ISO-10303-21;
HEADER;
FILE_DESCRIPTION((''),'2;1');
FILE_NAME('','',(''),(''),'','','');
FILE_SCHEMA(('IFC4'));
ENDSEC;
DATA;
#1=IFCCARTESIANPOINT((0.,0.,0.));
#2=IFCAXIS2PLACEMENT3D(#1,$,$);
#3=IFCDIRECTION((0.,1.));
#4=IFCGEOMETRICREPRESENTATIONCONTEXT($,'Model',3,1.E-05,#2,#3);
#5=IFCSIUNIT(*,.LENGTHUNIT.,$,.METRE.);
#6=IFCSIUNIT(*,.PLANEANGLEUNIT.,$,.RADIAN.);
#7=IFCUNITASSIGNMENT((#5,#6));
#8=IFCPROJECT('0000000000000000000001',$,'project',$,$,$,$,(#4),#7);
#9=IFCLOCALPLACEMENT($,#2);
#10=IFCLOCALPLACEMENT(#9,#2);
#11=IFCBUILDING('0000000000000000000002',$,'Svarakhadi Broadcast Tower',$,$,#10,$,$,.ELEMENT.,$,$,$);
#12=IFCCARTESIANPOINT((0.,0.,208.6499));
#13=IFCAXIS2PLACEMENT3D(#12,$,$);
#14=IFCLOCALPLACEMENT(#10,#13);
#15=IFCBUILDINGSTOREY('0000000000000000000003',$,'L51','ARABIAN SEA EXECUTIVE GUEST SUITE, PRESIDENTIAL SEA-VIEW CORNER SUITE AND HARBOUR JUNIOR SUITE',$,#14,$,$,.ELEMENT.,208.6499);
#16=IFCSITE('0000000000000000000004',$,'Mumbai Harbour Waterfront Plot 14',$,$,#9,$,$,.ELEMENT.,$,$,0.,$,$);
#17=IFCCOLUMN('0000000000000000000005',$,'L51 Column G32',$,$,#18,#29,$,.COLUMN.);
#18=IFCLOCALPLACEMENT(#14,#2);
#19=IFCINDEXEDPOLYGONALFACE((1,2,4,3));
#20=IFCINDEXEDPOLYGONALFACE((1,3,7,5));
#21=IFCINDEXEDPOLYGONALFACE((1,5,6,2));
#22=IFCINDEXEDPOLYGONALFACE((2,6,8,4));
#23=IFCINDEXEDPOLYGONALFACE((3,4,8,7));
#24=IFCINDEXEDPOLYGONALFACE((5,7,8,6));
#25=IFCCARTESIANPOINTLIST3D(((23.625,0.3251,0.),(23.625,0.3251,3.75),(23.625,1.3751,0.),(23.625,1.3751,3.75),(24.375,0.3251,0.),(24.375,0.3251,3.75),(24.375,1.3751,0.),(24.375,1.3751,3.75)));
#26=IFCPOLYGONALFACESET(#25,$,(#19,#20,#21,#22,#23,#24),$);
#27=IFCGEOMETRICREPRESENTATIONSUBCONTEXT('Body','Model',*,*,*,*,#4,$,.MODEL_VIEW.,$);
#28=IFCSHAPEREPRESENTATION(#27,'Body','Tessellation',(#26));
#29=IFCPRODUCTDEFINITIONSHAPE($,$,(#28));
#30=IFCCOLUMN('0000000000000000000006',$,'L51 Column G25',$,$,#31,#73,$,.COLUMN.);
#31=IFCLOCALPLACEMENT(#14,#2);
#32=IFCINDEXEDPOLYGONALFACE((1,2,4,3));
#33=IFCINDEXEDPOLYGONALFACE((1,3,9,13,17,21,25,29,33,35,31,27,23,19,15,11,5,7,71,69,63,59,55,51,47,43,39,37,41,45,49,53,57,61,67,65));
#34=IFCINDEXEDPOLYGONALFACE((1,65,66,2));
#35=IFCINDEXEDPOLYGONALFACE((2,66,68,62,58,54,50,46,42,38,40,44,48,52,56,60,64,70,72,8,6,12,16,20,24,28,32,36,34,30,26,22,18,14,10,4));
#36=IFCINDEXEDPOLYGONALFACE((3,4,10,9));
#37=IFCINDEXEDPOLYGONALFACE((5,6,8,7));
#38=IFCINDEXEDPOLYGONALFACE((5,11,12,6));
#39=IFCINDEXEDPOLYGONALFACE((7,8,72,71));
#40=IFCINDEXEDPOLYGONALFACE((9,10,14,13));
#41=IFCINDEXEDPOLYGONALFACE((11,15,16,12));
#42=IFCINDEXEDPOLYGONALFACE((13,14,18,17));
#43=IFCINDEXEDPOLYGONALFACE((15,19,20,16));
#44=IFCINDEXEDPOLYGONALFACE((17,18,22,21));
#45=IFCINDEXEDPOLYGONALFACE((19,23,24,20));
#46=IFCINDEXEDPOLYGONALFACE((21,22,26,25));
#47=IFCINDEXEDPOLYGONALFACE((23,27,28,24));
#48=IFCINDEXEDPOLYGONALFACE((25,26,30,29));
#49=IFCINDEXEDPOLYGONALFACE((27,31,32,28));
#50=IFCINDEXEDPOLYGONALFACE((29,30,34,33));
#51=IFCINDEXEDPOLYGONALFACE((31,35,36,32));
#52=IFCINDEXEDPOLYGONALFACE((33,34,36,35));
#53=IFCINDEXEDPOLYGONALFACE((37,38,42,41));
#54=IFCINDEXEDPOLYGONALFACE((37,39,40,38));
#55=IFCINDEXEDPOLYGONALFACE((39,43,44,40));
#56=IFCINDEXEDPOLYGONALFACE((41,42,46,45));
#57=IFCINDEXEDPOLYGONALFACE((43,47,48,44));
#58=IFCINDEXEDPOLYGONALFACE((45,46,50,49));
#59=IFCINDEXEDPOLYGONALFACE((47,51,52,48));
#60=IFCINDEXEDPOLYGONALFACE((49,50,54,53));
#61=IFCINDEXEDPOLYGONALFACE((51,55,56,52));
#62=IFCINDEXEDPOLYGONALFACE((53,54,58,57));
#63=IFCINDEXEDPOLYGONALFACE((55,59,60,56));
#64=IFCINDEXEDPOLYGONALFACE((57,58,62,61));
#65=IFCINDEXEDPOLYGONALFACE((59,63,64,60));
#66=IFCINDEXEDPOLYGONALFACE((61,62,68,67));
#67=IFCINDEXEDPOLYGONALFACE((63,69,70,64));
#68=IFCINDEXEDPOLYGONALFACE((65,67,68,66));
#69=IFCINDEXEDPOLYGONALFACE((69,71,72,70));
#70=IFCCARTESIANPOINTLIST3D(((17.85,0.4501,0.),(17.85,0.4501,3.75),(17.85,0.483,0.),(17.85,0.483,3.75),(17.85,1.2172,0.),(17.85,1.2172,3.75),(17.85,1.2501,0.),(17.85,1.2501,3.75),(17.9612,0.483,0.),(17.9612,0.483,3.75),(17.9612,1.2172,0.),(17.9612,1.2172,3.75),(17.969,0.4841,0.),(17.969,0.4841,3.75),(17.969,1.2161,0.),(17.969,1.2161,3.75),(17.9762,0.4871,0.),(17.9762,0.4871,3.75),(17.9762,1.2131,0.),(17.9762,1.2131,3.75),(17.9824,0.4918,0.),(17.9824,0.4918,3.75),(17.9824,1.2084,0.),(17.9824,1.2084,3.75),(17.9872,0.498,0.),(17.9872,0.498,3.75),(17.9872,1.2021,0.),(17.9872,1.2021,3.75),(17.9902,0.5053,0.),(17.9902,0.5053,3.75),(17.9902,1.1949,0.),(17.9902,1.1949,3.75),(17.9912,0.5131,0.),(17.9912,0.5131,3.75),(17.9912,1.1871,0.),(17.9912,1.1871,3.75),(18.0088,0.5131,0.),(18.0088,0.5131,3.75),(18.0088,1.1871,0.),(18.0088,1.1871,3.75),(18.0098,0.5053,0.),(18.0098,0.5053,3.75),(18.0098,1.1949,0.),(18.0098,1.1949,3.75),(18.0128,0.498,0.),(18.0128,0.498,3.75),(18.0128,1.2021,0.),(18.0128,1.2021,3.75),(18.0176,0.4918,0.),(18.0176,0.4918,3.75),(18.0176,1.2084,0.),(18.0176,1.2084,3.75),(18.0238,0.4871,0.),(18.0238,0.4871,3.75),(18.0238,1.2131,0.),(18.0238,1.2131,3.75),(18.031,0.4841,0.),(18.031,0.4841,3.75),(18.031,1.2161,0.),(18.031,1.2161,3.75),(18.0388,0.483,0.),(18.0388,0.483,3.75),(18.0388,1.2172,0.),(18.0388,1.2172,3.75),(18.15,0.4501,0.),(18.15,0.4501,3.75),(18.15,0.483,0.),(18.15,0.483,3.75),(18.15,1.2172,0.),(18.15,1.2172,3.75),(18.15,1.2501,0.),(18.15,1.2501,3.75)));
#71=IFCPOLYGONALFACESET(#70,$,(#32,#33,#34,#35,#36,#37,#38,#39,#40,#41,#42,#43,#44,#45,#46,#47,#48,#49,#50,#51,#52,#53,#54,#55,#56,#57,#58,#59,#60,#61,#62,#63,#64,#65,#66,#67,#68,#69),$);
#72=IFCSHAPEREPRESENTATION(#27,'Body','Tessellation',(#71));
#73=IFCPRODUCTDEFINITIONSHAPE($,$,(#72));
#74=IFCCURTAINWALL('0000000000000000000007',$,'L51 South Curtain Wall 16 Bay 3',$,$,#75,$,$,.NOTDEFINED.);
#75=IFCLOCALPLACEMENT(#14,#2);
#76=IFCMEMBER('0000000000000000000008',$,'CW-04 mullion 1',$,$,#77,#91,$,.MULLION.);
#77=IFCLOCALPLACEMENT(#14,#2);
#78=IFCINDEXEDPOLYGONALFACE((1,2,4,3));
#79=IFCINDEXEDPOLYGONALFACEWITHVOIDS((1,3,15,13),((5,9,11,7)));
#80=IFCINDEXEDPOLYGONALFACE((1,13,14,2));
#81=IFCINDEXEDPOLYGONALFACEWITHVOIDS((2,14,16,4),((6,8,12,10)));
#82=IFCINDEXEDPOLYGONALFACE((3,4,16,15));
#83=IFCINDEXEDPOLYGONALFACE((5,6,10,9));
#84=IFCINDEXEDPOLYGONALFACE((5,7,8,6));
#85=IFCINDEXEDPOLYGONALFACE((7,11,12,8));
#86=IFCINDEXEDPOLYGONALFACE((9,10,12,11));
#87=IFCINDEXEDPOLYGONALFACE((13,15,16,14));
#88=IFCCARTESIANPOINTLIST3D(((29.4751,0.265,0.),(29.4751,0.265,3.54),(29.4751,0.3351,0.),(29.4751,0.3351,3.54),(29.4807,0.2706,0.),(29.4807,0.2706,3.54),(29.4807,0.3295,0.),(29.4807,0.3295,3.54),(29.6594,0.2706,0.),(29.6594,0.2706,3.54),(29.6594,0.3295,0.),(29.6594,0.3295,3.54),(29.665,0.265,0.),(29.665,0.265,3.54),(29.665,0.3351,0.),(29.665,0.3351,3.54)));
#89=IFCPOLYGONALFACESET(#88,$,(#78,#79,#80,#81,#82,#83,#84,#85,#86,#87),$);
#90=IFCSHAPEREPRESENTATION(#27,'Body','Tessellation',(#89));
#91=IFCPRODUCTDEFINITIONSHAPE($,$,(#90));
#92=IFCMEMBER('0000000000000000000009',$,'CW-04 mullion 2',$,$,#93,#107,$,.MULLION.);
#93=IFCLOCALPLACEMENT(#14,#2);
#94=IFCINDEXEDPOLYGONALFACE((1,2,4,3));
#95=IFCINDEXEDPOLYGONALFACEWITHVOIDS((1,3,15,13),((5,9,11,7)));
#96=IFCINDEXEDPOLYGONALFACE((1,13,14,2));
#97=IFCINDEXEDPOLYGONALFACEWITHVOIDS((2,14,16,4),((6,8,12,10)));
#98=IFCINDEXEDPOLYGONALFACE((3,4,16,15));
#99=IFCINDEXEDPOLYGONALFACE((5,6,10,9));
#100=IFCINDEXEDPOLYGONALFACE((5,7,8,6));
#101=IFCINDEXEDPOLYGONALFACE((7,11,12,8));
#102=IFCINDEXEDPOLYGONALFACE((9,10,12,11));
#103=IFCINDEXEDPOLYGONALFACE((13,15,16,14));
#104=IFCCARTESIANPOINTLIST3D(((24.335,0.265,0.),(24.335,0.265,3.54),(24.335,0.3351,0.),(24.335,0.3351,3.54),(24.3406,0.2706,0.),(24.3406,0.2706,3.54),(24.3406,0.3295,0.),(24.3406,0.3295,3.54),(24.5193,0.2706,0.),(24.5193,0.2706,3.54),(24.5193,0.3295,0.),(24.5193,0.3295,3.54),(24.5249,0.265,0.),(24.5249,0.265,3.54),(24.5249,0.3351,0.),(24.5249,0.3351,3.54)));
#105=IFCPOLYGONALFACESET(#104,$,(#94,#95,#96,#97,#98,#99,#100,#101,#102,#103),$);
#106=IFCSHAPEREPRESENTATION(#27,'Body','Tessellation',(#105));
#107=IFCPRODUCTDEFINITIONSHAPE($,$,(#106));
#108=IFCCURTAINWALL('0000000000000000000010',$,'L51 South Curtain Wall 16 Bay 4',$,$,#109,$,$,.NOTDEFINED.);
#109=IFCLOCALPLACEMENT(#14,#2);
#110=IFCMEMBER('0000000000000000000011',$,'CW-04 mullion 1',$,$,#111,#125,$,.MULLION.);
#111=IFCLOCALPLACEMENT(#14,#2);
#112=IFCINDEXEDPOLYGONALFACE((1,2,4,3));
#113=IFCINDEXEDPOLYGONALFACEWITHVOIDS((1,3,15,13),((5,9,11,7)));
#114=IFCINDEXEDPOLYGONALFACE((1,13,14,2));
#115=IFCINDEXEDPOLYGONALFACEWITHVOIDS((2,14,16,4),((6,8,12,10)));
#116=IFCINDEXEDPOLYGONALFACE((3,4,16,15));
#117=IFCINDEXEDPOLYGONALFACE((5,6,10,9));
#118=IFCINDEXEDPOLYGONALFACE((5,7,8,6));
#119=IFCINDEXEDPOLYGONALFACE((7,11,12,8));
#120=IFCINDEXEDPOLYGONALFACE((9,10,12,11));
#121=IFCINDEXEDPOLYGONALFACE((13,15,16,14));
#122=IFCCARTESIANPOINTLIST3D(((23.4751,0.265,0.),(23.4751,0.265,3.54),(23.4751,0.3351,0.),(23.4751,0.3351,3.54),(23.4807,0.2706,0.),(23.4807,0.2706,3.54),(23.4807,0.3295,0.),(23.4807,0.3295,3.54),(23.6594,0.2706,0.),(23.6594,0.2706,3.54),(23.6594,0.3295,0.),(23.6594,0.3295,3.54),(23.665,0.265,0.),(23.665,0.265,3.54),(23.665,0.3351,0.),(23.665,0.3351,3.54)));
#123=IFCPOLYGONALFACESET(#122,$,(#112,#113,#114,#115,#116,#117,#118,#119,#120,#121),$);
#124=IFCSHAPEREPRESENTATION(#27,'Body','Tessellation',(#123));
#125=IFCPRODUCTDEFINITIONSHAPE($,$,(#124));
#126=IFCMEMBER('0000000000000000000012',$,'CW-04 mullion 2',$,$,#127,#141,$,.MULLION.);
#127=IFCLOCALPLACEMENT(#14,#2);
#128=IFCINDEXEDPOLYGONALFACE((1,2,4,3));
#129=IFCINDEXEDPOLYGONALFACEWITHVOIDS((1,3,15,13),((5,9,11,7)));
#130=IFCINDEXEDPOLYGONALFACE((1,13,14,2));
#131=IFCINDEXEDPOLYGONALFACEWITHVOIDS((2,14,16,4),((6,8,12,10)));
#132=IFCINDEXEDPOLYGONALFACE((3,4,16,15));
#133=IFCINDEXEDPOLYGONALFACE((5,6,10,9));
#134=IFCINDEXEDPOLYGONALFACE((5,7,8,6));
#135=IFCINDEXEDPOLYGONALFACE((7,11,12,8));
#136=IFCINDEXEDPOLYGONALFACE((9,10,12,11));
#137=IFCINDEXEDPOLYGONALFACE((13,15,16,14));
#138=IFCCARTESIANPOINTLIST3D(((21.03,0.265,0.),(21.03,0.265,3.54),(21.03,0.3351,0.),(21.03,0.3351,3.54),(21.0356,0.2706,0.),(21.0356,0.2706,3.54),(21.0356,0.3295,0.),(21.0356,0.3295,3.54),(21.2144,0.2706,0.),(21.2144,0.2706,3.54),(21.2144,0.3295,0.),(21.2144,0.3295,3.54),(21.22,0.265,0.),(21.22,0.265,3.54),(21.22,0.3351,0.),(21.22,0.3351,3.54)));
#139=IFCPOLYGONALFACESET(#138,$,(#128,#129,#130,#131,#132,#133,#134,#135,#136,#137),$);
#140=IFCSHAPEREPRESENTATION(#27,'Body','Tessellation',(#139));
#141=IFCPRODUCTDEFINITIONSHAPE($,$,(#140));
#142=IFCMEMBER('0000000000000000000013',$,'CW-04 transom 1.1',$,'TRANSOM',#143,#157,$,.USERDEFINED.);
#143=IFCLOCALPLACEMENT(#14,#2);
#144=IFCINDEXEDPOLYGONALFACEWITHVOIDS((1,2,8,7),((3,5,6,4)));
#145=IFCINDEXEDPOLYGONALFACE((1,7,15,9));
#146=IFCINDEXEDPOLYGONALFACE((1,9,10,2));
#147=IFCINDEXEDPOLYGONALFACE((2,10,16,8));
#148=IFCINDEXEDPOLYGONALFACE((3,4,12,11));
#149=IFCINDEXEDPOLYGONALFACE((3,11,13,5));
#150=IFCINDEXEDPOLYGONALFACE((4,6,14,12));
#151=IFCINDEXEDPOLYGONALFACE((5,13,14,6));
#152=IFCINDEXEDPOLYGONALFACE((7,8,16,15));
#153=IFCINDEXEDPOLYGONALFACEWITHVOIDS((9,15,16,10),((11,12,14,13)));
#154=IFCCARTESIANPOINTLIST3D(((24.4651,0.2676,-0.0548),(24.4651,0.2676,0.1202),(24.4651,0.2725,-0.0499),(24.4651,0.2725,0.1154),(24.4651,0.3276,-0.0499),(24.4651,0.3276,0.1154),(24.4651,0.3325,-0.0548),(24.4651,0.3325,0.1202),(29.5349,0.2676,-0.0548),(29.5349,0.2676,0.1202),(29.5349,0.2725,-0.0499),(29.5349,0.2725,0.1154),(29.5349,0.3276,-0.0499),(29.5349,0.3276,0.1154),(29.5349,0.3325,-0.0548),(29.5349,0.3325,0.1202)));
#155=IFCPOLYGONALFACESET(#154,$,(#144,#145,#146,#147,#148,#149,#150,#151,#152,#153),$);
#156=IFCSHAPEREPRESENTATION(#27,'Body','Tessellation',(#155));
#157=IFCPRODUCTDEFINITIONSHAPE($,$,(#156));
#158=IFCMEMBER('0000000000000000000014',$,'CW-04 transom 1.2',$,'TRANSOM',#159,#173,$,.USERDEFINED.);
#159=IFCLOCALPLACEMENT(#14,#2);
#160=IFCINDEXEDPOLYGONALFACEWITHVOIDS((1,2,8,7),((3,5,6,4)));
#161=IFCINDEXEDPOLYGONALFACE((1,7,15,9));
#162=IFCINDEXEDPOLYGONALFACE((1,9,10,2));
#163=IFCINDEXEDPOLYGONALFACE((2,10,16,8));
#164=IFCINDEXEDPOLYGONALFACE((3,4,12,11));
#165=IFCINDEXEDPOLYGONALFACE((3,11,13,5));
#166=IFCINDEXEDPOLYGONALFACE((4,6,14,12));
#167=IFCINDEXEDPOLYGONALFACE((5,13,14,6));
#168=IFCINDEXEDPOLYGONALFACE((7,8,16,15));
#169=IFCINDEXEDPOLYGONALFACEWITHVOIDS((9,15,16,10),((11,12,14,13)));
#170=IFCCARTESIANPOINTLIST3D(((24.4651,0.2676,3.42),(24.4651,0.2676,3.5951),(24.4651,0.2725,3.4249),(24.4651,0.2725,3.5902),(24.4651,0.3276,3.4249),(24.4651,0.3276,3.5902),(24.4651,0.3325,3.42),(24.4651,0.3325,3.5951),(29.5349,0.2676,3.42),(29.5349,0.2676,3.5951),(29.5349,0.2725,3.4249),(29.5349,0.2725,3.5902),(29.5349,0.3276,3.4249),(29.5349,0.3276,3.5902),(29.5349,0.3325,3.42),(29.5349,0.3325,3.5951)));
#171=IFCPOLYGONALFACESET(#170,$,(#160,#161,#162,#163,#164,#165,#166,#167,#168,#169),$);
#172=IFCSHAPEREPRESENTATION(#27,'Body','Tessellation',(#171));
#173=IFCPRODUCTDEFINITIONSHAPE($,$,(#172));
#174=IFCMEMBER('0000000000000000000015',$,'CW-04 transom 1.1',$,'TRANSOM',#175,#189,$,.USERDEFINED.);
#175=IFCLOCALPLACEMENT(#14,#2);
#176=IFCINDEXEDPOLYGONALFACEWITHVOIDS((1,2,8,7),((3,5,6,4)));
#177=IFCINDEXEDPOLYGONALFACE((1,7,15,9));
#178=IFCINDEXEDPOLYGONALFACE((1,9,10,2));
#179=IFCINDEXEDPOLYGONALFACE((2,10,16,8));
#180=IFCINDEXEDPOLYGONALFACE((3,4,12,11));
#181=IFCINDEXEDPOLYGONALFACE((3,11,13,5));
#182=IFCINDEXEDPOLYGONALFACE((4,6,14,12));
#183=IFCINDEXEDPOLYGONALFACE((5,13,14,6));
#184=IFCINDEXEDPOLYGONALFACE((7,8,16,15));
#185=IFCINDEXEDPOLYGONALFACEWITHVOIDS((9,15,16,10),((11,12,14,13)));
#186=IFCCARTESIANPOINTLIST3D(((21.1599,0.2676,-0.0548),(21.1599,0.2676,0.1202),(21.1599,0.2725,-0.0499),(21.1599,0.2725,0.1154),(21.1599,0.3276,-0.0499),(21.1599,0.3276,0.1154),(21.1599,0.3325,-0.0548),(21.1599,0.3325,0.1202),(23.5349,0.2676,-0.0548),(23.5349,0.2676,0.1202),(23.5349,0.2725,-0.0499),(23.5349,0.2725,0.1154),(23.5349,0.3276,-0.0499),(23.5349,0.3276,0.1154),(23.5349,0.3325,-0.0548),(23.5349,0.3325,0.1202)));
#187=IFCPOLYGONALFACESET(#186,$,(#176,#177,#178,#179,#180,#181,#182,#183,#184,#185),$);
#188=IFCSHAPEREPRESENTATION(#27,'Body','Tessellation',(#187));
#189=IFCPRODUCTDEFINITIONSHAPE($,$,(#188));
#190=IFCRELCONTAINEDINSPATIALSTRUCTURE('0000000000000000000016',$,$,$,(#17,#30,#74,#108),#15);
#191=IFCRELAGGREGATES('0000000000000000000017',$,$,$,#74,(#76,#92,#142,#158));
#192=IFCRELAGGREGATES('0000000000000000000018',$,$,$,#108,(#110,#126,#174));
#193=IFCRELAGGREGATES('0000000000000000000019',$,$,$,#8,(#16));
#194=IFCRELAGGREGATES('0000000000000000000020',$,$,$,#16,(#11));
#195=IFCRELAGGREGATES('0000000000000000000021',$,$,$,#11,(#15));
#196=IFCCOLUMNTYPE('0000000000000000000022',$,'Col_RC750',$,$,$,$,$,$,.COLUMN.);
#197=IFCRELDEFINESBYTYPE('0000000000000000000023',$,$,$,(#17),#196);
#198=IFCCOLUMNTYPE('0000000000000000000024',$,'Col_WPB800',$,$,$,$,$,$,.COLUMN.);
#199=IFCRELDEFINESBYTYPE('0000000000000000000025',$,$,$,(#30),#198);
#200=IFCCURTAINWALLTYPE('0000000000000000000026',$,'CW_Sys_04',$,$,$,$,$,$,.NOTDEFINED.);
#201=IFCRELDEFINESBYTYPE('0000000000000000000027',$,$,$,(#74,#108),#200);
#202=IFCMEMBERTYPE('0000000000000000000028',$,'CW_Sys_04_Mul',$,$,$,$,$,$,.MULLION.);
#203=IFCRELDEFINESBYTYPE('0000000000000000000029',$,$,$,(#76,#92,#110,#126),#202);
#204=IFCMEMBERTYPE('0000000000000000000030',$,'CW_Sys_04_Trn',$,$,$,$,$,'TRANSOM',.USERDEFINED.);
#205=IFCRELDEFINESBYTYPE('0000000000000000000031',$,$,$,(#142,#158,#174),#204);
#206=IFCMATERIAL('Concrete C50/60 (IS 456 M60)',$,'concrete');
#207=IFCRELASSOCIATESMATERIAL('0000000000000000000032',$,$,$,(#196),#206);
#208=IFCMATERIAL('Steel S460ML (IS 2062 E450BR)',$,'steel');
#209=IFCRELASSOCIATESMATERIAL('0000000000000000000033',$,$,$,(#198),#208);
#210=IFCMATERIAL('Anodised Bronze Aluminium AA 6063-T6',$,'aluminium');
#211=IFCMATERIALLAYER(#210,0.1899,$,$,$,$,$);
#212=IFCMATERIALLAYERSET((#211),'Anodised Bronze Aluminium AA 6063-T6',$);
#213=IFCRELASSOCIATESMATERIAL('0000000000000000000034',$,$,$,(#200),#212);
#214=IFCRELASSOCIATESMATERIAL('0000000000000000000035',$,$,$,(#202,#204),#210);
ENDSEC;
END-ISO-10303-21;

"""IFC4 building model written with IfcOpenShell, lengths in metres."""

from ifc_helpers import new_model, si_unit, direction, frame, origin, origin_2d, place, context, subcontext, project, spatial, rectangle, hollow_rectangle, i_section, extrude, material, layer, layer_set, material_profile, profile_set, type_object, element, aggregate, save


model = new_model("IFC4")

# Units and contexts
model_context = context("Model", 3, precision=1e-05, world=origin(), true_north=direction((0.0, 1.0)))
body_context = subcontext(model_context, "Body", "Model", "MODEL_VIEW")
ifc_project = project(units=[si_unit("LENGTHUNIT", "METRE"), si_unit("PLANEANGLEUNIT", "RADIAN")], contexts=[model_context])

# Site, building, storey
site_placement = place(None, origin())
site = spatial("IfcSite", under=ifc_project, at=site_placement, Name="Mumbai Harbour Waterfront Plot 14", CompositionType="ELEMENT", RefElevation=0.0)
building_placement = place(site_placement, origin())
building = spatial("IfcBuilding", under=site, at=building_placement, Name="Svarakhadi Broadcast Tower", CompositionType="ELEMENT")
storey_placement = place(building_placement, frame((0.0, 0.0, 208.6499)))
storey = spatial("IfcBuildingStorey", under=building, at=storey_placement, Name="L51", Description="ARABIAN SEA EXECUTIVE GUEST SUITE, PRESIDENTIAL SEA-VIEW CORNER SUITE AND HARBOUR JUNIOR SUITE", CompositionType="ELEMENT", Elevation=208.6499)

# Columns
ifc_material_1 = material(Name="Concrete C50/60 (IS 456 M60)", Category="concrete")
ifc_material_profile_1 = material_profile(ifc_material_1, rectangle(XDim=0.75, YDim=1.05, at=origin_2d()), Name="RC 750x1050")
ifc_profile_set_1 = profile_set([ifc_material_profile_1], Name="Concrete C50/60 (IS 456 M60)")
column_type_1 = type_object("IfcColumnType", Name="Col_RC750", PredefinedType="COLUMN", material=ifc_profile_set_1)
column_1_placement = place(storey_placement, frame((24.0, 0.8501, 0.0), z_axis=(0.0, 0.0, 1.0), x_axis=(1.0, 0.0, 0.0)))
element("IfcColumn", 1, at=column_1_placement, inside=storey, type_object=column_type_1, Name="L51 Column G32", PredefinedType="COLUMN", context=body_context, shape_type="SweptSolid", body=[
    extrude(rectangle(XDim=0.75, YDim=1.05, at=origin_2d()), origin(), (0.0, 0.0, 1.0), 3.75),
])
ifc_material_2 = material(Name="Steel S460ML (IS 2062 E450BR)", Category="steel")
ifc_material_profile_2 = material_profile(ifc_material_2, i_section(OverallWidth=0.3, OverallDepth=0.8, WebThickness=0.0176, FlangeThickness=0.033, FilletRadius=0.03, at=origin_2d()), Name="WPB 800x300x262")
ifc_profile_set_2 = profile_set([ifc_material_profile_2], Name="Steel S460ML (IS 2062 E450BR)")
column_type_2 = type_object("IfcColumnType", Name="Col_WPB800", PredefinedType="COLUMN", material=ifc_profile_set_2)
column_2_placement = place(storey_placement, frame((18.0, 0.8501, 0.0), z_axis=(0.0, 0.0, 1.0), x_axis=(1.0, 0.0, 0.0)))
element("IfcColumn", 2, at=column_2_placement, inside=storey, type_object=column_type_2, Name="L51 Column G25", PredefinedType="COLUMN", context=body_context, shape_type="SweptSolid", body=[
    extrude(i_section(OverallWidth=0.3, OverallDepth=0.8, WebThickness=0.0176, FlangeThickness=0.033, FilletRadius=0.03, at=origin_2d()), origin(), (0.0, 0.0, 1.0), 3.75),
])

# Curtain walls, members
ifc_material_3 = material(Name="Anodised Bronze Aluminium AA 6063-T6", Category="aluminium")
ifc_layer_1 = layer(ifc_material_3, 0.1899)
ifc_layer_set_1 = layer_set([ifc_layer_1], Name="Anodised Bronze Aluminium AA 6063-T6")
curtain_wall_type = type_object("IfcCurtainWallType", Name="CW_Sys_04", PredefinedType="NOTDEFINED", material=ifc_layer_set_1)
curtain_wall_1_placement = place(storey_placement, origin())
curtain_wall_1 = element("IfcCurtainWall", 3, at=curtain_wall_1_placement, inside=storey, type_object=curtain_wall_type, Name="L51 South Curtain Wall 16 Bay 3", PredefinedType="NOTDEFINED")
ifc_material_profile_3 = material_profile(ifc_material_3, hollow_rectangle(XDim=0.0701, YDim=0.1899, WallThickness=0.0056, at=origin_2d()), Name="ALU MULLION 190x70x6")
ifc_profile_set_3 = profile_set([ifc_material_profile_3], Name="Anodised Bronze Aluminium AA 6063-T6")
member_type_1 = type_object("IfcMemberType", Name="CW_Sys_04_Mul", PredefinedType="MULLION", material=ifc_profile_set_3)
member_1_placement = place(storey_placement, frame((29.5701, 0.3, 0.0), z_axis=(0.0, 0.0, 1.0), x_axis=(0.0, -1.0, 0.0)))
member_1 = element("IfcMember", 4, at=member_1_placement, type_object=member_type_1, Name="CW-04 mullion 1", PredefinedType="MULLION", context=body_context, shape_type="SweptSolid", body=[
    extrude(hollow_rectangle(XDim=0.0701, YDim=0.1899, WallThickness=0.0056, at=origin_2d()), origin(), (0.0, 0.0, 1.0), 3.54),
])
member_2_placement = place(storey_placement, frame((24.4299, 0.3, 0.0), z_axis=(0.0, 0.0, 1.0), x_axis=(0.0, -1.0, 0.0)))
member_2 = element("IfcMember", 5, at=member_2_placement, type_object=member_type_1, Name="CW-04 mullion 2", PredefinedType="MULLION", context=body_context, shape_type="SweptSolid", body=[
    extrude(hollow_rectangle(XDim=0.0701, YDim=0.1899, WallThickness=0.0056, at=origin_2d()), origin(), (0.0, 0.0, 1.0), 3.54),
])
curtain_wall_2_placement = place(storey_placement, origin())
curtain_wall_2 = element("IfcCurtainWall", 6, at=curtain_wall_2_placement, inside=storey, type_object=curtain_wall_type, Name="L51 South Curtain Wall 16 Bay 4", PredefinedType="NOTDEFINED")
member_3_placement = place(storey_placement, frame((23.5701, 0.3, 0.0), z_axis=(0.0, 0.0, 1.0), x_axis=(0.0, -1.0, 0.0)))
member_3 = element("IfcMember", 7, at=member_3_placement, type_object=member_type_1, Name="CW-04 mullion 1", PredefinedType="MULLION", context=body_context, shape_type="SweptSolid", body=[
    extrude(hollow_rectangle(XDim=0.0701, YDim=0.1899, WallThickness=0.0056, at=origin_2d()), origin(), (0.0, 0.0, 1.0), 3.54),
])
member_4_placement = place(storey_placement, frame((21.125, 0.3, 0.0), z_axis=(0.0, 0.0, 1.0), x_axis=(0.0, -1.0, 0.0)))
member_4 = element("IfcMember", 8, at=member_4_placement, type_object=member_type_1, Name="CW-04 mullion 2", PredefinedType="MULLION", context=body_context, shape_type="SweptSolid", body=[
    extrude(hollow_rectangle(XDim=0.0701, YDim=0.1899, WallThickness=0.0056, at=origin_2d()), origin(), (0.0, 0.0, 1.0), 3.54),
])

# Members
ifc_material_profile_4 = material_profile(ifc_material_3, hollow_rectangle(XDim=0.0649, YDim=0.175, WallThickness=0.0049, at=origin_2d()), Name="ALU TRANSOM 175x65x5")
ifc_profile_set_4 = profile_set([ifc_material_profile_4], Name="Anodised Bronze Aluminium AA 6063-T6")
member_type_2 = type_object("IfcMemberType", Name="CW_Sys_04_Trn", ElementType="TRANSOM", PredefinedType="USERDEFINED", material=ifc_profile_set_4)
member_5_placement = place(storey_placement, frame((29.5349, 0.3, 0.0327), z_axis=(-1.0, 0.0, 0.0), x_axis=(0.0, -1.0, 0.0)))
member_5 = element("IfcMember", 9, at=member_5_placement, type_object=member_type_2, Name="CW-04 transom 1.1", ObjectType="TRANSOM", PredefinedType="USERDEFINED", context=body_context, shape_type="SweptSolid", body=[
    extrude(hollow_rectangle(XDim=0.0649, YDim=0.175, WallThickness=0.0049, at=origin_2d()), origin(), (0.0, 0.0, 1.0), 5.0698),
])
member_6_placement = place(storey_placement, frame((29.5349, 0.3, 3.5076), z_axis=(-1.0, 0.0, 0.0), x_axis=(0.0, -1.0, 0.0)))
member_6 = element("IfcMember", 10, at=member_6_placement, type_object=member_type_2, Name="CW-04 transom 1.2", ObjectType="TRANSOM", PredefinedType="USERDEFINED", context=body_context, shape_type="SweptSolid", body=[
    extrude(hollow_rectangle(XDim=0.0649, YDim=0.175, WallThickness=0.0049, at=origin_2d()), origin(), (0.0, 0.0, 1.0), 5.0698),
])
member_7_placement = place(storey_placement, frame((23.5349, 0.3, 0.0327), z_axis=(-1.0, 0.0, 0.0), x_axis=(0.0, -1.0, 0.0)))
member_7 = element("IfcMember", 11, at=member_7_placement, type_object=member_type_2, Name="CW-04 transom 1.1", ObjectType="TRANSOM", PredefinedType="USERDEFINED", context=body_context, shape_type="SweptSolid", body=[
    extrude(hollow_rectangle(XDim=0.0649, YDim=0.175, WallThickness=0.0049, at=origin_2d()), origin(), (0.0, 0.0, 1.0), 2.375),
])

aggregate(curtain_wall_1, [member_1, member_2, member_5, member_6])
aggregate(curtain_wall_2, [member_3, member_4, member_7])

save(model, "model.ifc")
